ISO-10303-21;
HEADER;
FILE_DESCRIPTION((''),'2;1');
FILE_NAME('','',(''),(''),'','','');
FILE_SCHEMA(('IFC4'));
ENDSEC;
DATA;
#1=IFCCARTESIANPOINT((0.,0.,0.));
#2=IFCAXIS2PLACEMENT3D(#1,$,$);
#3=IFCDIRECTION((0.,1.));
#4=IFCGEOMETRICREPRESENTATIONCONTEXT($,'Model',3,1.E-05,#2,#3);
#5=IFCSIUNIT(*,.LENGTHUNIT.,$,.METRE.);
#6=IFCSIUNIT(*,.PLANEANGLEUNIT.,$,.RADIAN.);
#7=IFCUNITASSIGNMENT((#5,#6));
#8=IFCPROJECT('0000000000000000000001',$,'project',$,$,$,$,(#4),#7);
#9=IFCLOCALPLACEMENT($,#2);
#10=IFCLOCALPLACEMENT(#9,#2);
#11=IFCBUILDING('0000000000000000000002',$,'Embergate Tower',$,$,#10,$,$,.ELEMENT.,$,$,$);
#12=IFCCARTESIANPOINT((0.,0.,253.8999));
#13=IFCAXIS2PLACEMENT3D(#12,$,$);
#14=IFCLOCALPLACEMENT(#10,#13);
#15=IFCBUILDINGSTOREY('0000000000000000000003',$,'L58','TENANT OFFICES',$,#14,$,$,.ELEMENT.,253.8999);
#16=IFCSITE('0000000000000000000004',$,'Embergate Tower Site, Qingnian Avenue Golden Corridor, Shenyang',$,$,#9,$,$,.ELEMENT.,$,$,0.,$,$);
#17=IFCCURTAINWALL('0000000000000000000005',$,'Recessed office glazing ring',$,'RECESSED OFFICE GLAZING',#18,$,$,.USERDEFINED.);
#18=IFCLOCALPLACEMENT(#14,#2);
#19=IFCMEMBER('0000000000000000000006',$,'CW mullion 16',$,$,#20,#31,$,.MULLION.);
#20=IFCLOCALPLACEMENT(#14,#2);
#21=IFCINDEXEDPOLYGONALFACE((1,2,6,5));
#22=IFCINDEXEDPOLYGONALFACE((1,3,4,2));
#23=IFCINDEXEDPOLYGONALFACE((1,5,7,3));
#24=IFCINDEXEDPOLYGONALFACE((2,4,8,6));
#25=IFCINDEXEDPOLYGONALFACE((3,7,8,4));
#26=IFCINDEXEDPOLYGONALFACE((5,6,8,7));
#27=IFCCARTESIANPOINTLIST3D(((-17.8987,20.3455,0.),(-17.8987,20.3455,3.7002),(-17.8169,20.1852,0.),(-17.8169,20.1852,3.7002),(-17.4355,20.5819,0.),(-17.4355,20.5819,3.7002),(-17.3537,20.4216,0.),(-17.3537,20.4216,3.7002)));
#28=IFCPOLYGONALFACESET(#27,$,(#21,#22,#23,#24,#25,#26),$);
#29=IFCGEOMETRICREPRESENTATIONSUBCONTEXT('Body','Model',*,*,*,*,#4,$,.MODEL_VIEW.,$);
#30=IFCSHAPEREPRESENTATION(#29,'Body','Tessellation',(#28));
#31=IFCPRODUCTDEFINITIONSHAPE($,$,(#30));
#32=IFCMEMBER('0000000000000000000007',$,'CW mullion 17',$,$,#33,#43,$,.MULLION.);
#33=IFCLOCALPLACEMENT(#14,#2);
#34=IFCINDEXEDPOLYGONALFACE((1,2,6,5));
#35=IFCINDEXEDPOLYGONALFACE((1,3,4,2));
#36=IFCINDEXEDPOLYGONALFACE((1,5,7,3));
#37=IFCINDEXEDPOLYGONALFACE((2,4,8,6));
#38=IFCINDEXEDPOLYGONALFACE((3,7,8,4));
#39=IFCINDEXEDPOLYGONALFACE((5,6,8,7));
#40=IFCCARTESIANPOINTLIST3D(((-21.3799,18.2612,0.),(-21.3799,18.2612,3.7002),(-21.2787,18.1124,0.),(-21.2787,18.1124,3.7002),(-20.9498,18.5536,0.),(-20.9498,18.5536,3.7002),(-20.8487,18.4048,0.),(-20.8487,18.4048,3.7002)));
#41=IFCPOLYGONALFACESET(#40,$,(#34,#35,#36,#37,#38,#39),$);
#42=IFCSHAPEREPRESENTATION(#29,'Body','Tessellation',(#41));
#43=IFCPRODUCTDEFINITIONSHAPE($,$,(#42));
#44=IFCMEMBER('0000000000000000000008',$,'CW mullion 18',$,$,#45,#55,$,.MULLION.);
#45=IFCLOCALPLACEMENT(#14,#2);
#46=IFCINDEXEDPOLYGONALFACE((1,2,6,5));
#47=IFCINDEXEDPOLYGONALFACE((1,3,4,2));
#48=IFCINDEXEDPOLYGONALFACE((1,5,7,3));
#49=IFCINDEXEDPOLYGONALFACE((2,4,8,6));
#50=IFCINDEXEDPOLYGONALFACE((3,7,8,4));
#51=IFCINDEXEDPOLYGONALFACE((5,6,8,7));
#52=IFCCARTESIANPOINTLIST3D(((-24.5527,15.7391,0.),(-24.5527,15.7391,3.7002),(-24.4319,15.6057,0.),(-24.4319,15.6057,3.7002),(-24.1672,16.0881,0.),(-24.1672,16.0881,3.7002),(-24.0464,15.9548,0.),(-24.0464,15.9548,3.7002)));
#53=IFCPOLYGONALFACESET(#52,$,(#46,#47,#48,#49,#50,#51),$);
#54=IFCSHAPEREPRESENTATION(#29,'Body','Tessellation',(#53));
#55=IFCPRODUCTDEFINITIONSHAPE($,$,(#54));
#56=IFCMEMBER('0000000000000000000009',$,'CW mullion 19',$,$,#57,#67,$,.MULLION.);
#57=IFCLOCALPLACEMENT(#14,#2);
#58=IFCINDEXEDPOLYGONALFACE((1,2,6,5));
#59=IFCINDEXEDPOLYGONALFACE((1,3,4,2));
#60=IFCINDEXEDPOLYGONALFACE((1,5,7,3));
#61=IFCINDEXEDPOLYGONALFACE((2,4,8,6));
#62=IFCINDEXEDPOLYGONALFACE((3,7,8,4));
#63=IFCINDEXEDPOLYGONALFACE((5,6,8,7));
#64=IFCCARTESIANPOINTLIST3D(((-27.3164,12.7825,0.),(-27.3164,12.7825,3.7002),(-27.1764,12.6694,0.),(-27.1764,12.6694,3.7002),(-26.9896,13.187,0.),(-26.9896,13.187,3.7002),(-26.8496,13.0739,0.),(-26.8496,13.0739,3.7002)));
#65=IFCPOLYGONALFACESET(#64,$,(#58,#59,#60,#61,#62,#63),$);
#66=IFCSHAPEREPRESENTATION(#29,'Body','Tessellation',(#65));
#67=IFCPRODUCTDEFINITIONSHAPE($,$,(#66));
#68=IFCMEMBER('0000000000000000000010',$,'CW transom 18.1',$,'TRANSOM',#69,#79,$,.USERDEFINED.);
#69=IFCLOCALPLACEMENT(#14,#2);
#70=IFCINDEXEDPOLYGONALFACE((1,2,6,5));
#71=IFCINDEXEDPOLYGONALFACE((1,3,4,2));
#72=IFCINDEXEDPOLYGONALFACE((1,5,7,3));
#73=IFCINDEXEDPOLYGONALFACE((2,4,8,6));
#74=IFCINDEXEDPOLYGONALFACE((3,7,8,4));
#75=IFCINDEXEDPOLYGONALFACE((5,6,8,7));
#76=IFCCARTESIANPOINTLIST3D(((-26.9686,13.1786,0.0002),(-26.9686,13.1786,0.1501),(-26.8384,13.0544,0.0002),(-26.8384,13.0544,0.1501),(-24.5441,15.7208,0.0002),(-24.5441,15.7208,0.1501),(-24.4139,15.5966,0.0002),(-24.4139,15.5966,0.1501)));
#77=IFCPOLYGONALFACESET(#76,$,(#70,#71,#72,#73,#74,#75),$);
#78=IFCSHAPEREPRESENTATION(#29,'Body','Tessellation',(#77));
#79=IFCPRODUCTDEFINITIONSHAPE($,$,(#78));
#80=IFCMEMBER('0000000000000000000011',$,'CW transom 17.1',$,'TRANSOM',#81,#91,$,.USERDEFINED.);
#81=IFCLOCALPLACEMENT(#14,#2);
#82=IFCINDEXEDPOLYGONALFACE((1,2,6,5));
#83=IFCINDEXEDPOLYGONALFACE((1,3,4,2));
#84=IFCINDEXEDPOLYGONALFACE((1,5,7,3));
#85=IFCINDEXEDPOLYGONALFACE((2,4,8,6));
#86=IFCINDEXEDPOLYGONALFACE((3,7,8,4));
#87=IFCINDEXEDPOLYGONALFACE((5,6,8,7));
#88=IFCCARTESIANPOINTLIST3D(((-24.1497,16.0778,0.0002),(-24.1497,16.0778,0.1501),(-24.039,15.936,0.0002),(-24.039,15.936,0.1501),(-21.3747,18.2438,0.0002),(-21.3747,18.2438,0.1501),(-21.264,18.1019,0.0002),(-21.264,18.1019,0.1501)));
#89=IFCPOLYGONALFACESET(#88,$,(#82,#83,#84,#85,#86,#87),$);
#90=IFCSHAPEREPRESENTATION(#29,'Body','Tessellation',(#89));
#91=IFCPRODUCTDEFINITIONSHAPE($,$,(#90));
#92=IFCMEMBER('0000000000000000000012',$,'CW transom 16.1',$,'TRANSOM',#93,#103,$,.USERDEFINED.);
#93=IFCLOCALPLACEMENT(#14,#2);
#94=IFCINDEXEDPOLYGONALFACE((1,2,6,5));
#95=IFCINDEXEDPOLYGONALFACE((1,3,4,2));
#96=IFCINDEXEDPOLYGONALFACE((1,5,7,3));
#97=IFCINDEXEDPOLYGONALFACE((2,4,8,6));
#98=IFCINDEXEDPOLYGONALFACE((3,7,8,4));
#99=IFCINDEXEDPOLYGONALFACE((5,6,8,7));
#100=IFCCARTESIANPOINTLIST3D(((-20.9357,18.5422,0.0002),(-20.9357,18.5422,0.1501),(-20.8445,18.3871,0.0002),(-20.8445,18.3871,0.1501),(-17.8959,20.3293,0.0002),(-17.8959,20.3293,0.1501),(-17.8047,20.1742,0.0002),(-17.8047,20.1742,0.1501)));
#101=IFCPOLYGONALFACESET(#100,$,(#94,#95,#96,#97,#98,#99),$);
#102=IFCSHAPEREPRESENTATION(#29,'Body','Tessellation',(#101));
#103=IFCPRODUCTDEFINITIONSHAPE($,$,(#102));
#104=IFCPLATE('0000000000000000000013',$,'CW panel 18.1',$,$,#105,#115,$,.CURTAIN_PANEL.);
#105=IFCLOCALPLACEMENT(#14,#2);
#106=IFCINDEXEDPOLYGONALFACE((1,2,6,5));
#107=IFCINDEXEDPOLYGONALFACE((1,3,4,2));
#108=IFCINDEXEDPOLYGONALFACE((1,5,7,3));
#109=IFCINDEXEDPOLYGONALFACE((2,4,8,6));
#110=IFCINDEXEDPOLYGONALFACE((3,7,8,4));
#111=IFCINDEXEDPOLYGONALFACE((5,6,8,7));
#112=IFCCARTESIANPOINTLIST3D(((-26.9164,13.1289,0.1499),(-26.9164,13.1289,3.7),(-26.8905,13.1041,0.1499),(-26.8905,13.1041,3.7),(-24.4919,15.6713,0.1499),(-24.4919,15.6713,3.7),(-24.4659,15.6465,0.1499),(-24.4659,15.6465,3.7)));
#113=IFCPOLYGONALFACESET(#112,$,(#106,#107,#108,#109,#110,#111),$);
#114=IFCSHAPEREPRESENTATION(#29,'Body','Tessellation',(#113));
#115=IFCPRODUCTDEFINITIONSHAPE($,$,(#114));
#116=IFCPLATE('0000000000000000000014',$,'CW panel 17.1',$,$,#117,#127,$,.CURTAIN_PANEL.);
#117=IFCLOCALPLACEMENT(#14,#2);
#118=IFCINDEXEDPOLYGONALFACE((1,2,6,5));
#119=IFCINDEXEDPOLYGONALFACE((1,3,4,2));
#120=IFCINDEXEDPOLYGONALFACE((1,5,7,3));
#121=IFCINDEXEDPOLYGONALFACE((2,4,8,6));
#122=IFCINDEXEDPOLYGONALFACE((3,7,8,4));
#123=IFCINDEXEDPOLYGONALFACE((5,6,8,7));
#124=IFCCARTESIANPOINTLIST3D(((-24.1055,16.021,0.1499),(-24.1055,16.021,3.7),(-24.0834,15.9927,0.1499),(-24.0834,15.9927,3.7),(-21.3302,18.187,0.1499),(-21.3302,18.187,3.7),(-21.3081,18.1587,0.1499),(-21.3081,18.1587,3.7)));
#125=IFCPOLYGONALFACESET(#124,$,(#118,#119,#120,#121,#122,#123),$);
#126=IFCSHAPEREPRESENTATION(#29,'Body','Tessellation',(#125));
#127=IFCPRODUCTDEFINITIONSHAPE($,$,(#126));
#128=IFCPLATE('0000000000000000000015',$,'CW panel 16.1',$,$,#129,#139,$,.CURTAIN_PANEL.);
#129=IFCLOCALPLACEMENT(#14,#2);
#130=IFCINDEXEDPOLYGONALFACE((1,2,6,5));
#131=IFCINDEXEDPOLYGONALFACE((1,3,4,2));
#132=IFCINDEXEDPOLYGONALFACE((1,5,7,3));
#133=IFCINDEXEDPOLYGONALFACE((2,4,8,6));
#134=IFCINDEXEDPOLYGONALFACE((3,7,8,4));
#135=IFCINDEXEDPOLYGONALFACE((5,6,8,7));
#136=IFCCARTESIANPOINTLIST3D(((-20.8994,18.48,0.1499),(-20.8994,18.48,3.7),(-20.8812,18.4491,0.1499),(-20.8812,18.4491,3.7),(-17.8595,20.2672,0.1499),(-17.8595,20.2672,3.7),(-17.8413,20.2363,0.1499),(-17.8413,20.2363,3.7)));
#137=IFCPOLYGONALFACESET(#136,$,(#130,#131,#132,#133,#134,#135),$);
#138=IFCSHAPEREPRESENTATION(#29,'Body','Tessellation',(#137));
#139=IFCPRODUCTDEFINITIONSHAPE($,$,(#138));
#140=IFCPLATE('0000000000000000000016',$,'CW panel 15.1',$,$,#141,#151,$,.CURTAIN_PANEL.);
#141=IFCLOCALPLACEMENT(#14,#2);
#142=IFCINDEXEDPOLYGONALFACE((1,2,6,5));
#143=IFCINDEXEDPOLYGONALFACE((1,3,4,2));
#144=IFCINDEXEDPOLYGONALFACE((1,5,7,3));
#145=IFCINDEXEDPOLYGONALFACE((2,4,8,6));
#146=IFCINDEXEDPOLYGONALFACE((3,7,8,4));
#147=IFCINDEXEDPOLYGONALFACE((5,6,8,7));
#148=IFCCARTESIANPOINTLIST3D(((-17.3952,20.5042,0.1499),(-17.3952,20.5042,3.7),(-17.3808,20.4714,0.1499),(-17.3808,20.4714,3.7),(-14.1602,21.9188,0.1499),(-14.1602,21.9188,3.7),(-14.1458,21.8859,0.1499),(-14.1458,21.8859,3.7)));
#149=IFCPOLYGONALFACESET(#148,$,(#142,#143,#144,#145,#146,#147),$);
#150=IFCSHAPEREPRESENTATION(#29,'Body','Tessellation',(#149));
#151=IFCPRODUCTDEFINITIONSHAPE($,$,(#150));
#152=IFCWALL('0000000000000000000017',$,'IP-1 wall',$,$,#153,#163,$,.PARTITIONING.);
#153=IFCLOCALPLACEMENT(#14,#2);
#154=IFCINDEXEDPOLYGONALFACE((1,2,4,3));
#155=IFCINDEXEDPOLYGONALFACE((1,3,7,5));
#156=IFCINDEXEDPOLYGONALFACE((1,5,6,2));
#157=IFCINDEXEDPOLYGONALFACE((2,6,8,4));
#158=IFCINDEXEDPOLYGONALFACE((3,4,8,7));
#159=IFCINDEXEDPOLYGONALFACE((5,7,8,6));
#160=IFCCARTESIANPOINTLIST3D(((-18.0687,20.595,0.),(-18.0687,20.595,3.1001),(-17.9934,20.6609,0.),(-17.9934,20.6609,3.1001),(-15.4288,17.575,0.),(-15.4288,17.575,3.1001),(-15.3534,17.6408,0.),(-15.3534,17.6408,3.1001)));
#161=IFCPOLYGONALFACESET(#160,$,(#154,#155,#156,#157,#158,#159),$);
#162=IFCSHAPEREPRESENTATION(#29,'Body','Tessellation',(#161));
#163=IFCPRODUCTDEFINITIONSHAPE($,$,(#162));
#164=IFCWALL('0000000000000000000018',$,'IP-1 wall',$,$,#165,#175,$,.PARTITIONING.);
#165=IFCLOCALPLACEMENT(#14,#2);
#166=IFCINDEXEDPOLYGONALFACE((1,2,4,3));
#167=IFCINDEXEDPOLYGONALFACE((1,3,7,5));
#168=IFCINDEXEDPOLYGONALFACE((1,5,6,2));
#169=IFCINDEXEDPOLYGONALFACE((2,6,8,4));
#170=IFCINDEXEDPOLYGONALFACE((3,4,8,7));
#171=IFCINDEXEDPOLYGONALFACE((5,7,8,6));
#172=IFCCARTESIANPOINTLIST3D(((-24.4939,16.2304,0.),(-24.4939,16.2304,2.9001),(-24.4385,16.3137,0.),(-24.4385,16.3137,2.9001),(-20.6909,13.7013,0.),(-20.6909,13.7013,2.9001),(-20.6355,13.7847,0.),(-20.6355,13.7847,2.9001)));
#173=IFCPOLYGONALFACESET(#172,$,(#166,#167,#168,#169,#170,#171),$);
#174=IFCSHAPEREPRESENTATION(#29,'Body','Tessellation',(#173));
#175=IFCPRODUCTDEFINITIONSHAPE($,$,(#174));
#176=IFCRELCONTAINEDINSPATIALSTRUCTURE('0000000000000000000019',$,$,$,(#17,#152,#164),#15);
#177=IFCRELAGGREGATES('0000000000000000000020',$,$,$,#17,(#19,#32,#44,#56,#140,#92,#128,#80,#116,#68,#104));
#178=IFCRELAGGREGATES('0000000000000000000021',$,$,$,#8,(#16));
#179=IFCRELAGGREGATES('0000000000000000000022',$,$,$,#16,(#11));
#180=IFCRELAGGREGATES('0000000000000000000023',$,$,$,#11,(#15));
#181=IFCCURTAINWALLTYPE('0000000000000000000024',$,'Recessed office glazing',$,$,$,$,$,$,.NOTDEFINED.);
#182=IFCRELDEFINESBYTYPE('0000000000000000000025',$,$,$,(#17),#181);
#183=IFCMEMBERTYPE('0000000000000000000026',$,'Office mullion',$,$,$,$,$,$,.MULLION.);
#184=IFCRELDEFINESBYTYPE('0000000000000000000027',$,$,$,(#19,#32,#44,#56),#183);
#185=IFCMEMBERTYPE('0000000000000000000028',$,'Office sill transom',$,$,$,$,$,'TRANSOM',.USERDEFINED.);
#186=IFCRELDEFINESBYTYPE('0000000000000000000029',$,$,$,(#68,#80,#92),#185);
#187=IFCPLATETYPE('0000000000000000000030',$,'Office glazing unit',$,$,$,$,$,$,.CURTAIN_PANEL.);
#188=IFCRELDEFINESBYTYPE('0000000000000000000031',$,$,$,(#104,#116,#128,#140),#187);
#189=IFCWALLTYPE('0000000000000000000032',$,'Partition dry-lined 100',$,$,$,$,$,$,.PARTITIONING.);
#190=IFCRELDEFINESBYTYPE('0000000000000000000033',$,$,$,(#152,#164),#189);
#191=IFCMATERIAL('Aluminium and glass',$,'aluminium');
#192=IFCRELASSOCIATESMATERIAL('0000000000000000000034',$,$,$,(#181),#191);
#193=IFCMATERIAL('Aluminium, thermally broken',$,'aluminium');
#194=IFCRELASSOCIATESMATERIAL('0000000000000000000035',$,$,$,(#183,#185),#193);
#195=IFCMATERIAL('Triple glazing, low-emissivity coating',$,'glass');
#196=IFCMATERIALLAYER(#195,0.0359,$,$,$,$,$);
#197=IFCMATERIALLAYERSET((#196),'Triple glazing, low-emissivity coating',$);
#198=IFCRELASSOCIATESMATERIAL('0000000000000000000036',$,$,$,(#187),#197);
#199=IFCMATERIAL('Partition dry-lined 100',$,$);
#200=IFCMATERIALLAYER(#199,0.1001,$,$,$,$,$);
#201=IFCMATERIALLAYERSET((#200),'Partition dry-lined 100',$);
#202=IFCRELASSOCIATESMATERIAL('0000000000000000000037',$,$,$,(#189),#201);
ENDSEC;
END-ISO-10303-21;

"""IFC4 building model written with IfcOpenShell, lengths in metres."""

from ifc_helpers import new_model, si_unit, direction, frame, frame_2d, origin, origin_2d, place, context, subcontext, project, spatial, rectangle, extrude, source, transform, mapped, material, layer, layer_set, material_profile, profile_set, type_object, element, aggregate, save


model = new_model("IFC4")

# Units and contexts
model_context = context("Model", 3, precision=1e-05, world=origin(), true_north=direction((0.0, 1.0)))
body_context = subcontext(model_context, "Body", "Model", "MODEL_VIEW")
ifc_project = project(units=[si_unit("LENGTHUNIT", "METRE"), si_unit("PLANEANGLEUNIT", "RADIAN")], contexts=[model_context])

# Site, building, storey
site_placement = place(None, origin())
site = spatial("IfcSite", under=ifc_project, at=site_placement, Name="Embergate Tower Site, Qingnian Avenue Golden Corridor, Shenyang", CompositionType="ELEMENT", RefElevation=0.0)
building_placement = place(site_placement, origin())
building = spatial("IfcBuilding", under=site, at=building_placement, Name="Embergate Tower", CompositionType="ELEMENT")
storey_placement = place(building_placement, frame((0.0, 0.0, 253.8999)))
storey = spatial("IfcBuildingStorey", under=building, at=storey_placement, Name="L58", Description="TENANT OFFICES", CompositionType="ELEMENT", Elevation=253.8999)

# Curtain wall, members, plates
ifc_material_1 = material(Name="Aluminium and glass", Category="aluminium")
curtain_wall_type = type_object("IfcCurtainWallType", Name="Recessed office glazing", PredefinedType="NOTDEFINED", material=ifc_material_1)
curtain_wall_placement = place(storey_placement, origin())
curtain_wall = element("IfcCurtainWall", 1, at=curtain_wall_placement, inside=storey, type_object=curtain_wall_type, Name="Recessed office glazing ring", ObjectType="RECESSED OFFICE GLAZING", PredefinedType="USERDEFINED")
ifc_material_2 = material(Name="Aluminium, thermally broken", Category="aluminium")
ifc_material_profile_1 = material_profile(ifc_material_2, rectangle(XDim=0.1799, YDim=0.52, at=origin_2d()), Name="AL 520x180")
ifc_profile_set_1 = profile_set([ifc_material_profile_1], Name="Aluminium, thermally broken")
member_type_1 = type_object("IfcMemberType", Name="Office mullion", PredefinedType="MULLION", material=ifc_profile_set_1)
shared_shape_1 = source(origin(), body_context, "Body", "SweptSolid", [
    extrude(rectangle(XDim=0.1799, YDim=0.52, at=origin_2d()), origin(), (0.0, 0.0, 1.0), 3.7002),
])
member_1_placement = place(storey_placement, frame((-17.6262, 20.3835, 0.0), z_axis=(0.0, 0.0, 1.0), x_axis=(0.454505, -0.890744, 0.0)))
member_1 = element("IfcMember", 2, at=member_1_placement, type_object=member_type_1, Name="CW mullion 16", PredefinedType="MULLION", context=body_context, shape_type="MappedRepresentation", body=[
    mapped(shared_shape_1, transform((0.0, 0.0, 0.0))),
])
member_2_placement = place(storey_placement, frame((-21.1143, 18.333, 0.0), z_axis=(0.0, 0.0, 1.0), x_axis=(0.562209, -0.826995, 0.0)))
member_2 = element("IfcMember", 3, at=member_2_placement, type_object=member_type_1, Name="CW mullion 17", PredefinedType="MULLION", context=body_context, shape_type="MappedRepresentation", body=[
    mapped(shared_shape_1, transform((0.0, 0.0, 0.0))),
])
member_3_placement = place(storey_placement, frame((-24.2996, 15.8469, 0.0), z_axis=(0.0, 0.0, 1.0), x_axis=(0.671217, -0.74126, 0.0)))
member_3 = element("IfcMember", 4, at=member_3_placement, type_object=member_type_1, Name="CW mullion 18", PredefinedType="MULLION", context=body_context, shape_type="MappedRepresentation", body=[
    mapped(shared_shape_1, transform((0.0, 0.0, 0.0))),
])
member_4_placement = place(storey_placement, frame((-27.083, 12.9282, 0.0), z_axis=(0.0, 0.0, 1.0), x_axis=(0.777864, -0.628433, 0.0)))
member_4 = element("IfcMember", 5, at=member_4_placement, type_object=member_type_1, Name="CW mullion 19", PredefinedType="MULLION", context=body_context, shape_type="MappedRepresentation", body=[
    mapped(shared_shape_1, transform((0.0, 0.0, 0.0))),
])
ifc_material_profile_2 = material_profile(ifc_material_2, rectangle(XDim=0.1799, YDim=0.1499, at=origin_2d()), Name="AL 150x180")
ifc_profile_set_2 = profile_set([ifc_material_profile_2], Name="Aluminium, thermally broken")
member_type_2 = type_object("IfcMemberType", Name="Office sill transom", ElementType="TRANSOM", PredefinedType="USERDEFINED", material=ifc_profile_set_2)
shared_shape_2 = source(origin(), body_context, "Body", "SweptSolid", [
    extrude(rectangle(XDim=0.1799, YDim=0.1499, at=origin_2d()), origin(), (0.0, 0.0, 1.0), 3.5129),
])
member_5_placement = place(storey_placement, frame((-24.479, 15.6587, 0.0752), z_axis=(-0.69016, -0.723657, 0.0), x_axis=(0.723657, -0.69016, 0.0)))
member_5 = element("IfcMember", 6, at=member_5_placement, type_object=member_type_2, Name="CW transom 18.1", ObjectType="TRANSOM", PredefinedType="USERDEFINED", context=body_context, shape_type="MappedRepresentation", body=[
    mapped(shared_shape_2, transform((0.0, 0.0, 0.0))),
])
shared_shape_3 = source(origin(), body_context, "Body", "SweptSolid", [
    extrude(rectangle(XDim=0.1799, YDim=0.1499, at=origin_2d()), origin(), (0.0, 0.0, 1.0), 3.5203),
])
member_6_placement = place(storey_placement, frame((-21.3193, 18.1729, 0.0752), z_axis=(-0.788309, -0.615279, 0.0), x_axis=(0.615279, -0.788309, 0.0)))
member_6 = element("IfcMember", 7, at=member_6_placement, type_object=member_type_2, Name="CW transom 17.1", ObjectType="TRANSOM", PredefinedType="USERDEFINED", context=body_context, shape_type="MappedRepresentation", body=[
    mapped(shared_shape_3, transform((0.0, 0.0, 0.0))),
])
shared_shape_4 = source(origin(), body_context, "Body", "SweptSolid", [
    extrude(rectangle(XDim=0.1799, YDim=0.1499, at=origin_2d()), origin(), (0.0, 0.0, 1.0), 3.5261),
])
member_7_placement = place(storey_placement, frame((-17.8503, 20.2517, 0.0752), z_axis=(-0.862059, -0.506808, 0.0), x_axis=(0.506808, -0.862059, 0.0)))
member_7 = element("IfcMember", 8, at=member_7_placement, type_object=member_type_2, Name="CW transom 16.1", ObjectType="TRANSOM", PredefinedType="USERDEFINED", context=body_context, shape_type="MappedRepresentation", body=[
    mapped(shared_shape_4, transform((0.0, 0.0, 0.0))),
])
ifc_material_3 = material(Name="Triple glazing, low-emissivity coating", Category="glass")
ifc_layer_1 = layer(ifc_material_3, 0.0359)
ifc_layer_set_1 = layer_set([ifc_layer_1], Name="Triple glazing, low-emissivity coating")
plate_type = type_object("IfcPlateType", Name="Office glazing unit", PredefinedType="CURTAIN_PANEL", material=ifc_layer_set_1)
shared_shape_5 = source(origin(), body_context, "Body", "SweptSolid", [
    extrude(rectangle(XDim=3.5132, YDim=0.0359, at=origin_2d()), origin(), (0.0, 0.0, 1.0), 3.55),
])
plate_1_placement = place(storey_placement, frame((-25.6912, 14.3877, 0.1499), z_axis=(0.0, 0.0, 1.0), x_axis=(-0.690138, -0.723678, 0.0)))
plate_1 = element("IfcPlate", 9, at=plate_1_placement, type_object=plate_type, Name="CW panel 18.1", PredefinedType="CURTAIN_PANEL", context=body_context, shape_type="MappedRepresentation", body=[
    mapped(shared_shape_5, transform((0.0, 0.0, 0.0))),
])
shared_shape_6 = source(origin(), body_context, "Body", "SweptSolid", [
    extrude(rectangle(XDim=3.5205, YDim=0.0359, at=origin_2d()), origin(), (0.0, 0.0, 1.0), 3.55),
])
plate_2_placement = place(storey_placement, frame((-22.7068, 17.0898, 0.1499), z_axis=(0.0, 0.0, 1.0), x_axis=(-0.788322, -0.615263, 0.0)))
plate_2 = element("IfcPlate", 10, at=plate_2_placement, type_object=plate_type, Name="CW panel 17.1", PredefinedType="CURTAIN_PANEL", context=body_context, shape_type="MappedRepresentation", body=[
    mapped(shared_shape_6, transform((0.0, 0.0, 0.0))),
])
shared_shape_7 = source(origin(), body_context, "Body", "SweptSolid", [
    extrude(rectangle(XDim=3.5264, YDim=0.0359, at=origin_2d()), origin(), (0.0, 0.0, 1.0), 3.55),
])
plate_3_placement = place(storey_placement, frame((-19.3704, 19.3582, 0.1499), z_axis=(0.0, 0.0, 1.0), x_axis=(-0.862055, -0.506815, 0.0)))
plate_3 = element("IfcPlate", 11, at=plate_3_placement, type_object=plate_type, Name="CW panel 16.1", PredefinedType="CURTAIN_PANEL", context=body_context, shape_type="MappedRepresentation", body=[
    mapped(shared_shape_7, transform((0.0, 0.0, 0.0))),
])
shared_shape_8 = source(origin(), body_context, "Body", "SweptSolid", [
    extrude(rectangle(XDim=3.5308, YDim=0.0359, at=origin_2d()), origin(), (0.0, 0.0, 1.0), 3.55),
])
plate_4_placement = place(storey_placement, frame((-15.7705, 21.1951, 0.1499), z_axis=(0.0, 0.0, 1.0), x_axis=(-0.916237, -0.400637, 0.0)))
plate_4 = element("IfcPlate", 12, at=plate_4_placement, type_object=plate_type, Name="CW panel 15.1", PredefinedType="CURTAIN_PANEL", context=body_context, shape_type="MappedRepresentation", body=[
    mapped(shared_shape_8, transform((0.0, 0.0, 0.0))),
])
aggregate(curtain_wall, [member_1, member_2, member_3, member_4, plate_4, member_7, plate_3, member_6, plate_2, member_5, plate_1])

# Walls
ifc_material_4 = material(Name="Partition dry-lined 100")
ifc_layer_2 = layer(ifc_material_4, 0.1001)
ifc_layer_set_2 = layer_set([ifc_layer_2], Name="Partition dry-lined 100")
wall_type = type_object("IfcWallType", Name="Partition dry-lined 100", PredefinedType="PARTITIONING", material=ifc_layer_set_2)
shared_shape_9 = source(origin(), body_context, "Body", "SweptSolid", [
    extrude(rectangle(XDim=4.0112, YDim=0.1001, at=frame_2d((2.0056, 0.0))), origin(), (0.0, 0.0, 1.0), 3.1001),
])
wall_1_placement = place(storey_placement, frame((-15.3911, 17.6079, 0.0), z_axis=(0.0, 0.0, 1.0), x_axis=(-0.658134, 0.752901, 0.0)))
element("IfcWall", 13, at=wall_1_placement, inside=storey, type_object=wall_type, Name="IP-1 wall", PredefinedType="PARTITIONING", context=body_context, shape_type="MappedRepresentation", body=[
    mapped(shared_shape_9, transform((0.0, 0.0, 0.0))),
])
shared_shape_10 = source(origin(), body_context, "Body", "SweptSolid", [
    extrude(rectangle(XDim=4.5671, YDim=0.1001, at=frame_2d((2.2837, 0.0))), origin(), (0.0, 0.0, 1.0), 2.9001),
])
wall_2_placement = place(storey_placement, frame((-20.6631, 13.7429, 0.0), z_axis=(0.0, 0.0, 1.0), x_axis=(-0.832683, 0.55375, 0.0)))
element("IfcWall", 14, at=wall_2_placement, inside=storey, type_object=wall_type, Name="IP-1 wall", PredefinedType="PARTITIONING", context=body_context, shape_type="MappedRepresentation", body=[
    mapped(shared_shape_10, transform((0.0, 0.0, 0.0))),
])

save(model, "model.ifc")
